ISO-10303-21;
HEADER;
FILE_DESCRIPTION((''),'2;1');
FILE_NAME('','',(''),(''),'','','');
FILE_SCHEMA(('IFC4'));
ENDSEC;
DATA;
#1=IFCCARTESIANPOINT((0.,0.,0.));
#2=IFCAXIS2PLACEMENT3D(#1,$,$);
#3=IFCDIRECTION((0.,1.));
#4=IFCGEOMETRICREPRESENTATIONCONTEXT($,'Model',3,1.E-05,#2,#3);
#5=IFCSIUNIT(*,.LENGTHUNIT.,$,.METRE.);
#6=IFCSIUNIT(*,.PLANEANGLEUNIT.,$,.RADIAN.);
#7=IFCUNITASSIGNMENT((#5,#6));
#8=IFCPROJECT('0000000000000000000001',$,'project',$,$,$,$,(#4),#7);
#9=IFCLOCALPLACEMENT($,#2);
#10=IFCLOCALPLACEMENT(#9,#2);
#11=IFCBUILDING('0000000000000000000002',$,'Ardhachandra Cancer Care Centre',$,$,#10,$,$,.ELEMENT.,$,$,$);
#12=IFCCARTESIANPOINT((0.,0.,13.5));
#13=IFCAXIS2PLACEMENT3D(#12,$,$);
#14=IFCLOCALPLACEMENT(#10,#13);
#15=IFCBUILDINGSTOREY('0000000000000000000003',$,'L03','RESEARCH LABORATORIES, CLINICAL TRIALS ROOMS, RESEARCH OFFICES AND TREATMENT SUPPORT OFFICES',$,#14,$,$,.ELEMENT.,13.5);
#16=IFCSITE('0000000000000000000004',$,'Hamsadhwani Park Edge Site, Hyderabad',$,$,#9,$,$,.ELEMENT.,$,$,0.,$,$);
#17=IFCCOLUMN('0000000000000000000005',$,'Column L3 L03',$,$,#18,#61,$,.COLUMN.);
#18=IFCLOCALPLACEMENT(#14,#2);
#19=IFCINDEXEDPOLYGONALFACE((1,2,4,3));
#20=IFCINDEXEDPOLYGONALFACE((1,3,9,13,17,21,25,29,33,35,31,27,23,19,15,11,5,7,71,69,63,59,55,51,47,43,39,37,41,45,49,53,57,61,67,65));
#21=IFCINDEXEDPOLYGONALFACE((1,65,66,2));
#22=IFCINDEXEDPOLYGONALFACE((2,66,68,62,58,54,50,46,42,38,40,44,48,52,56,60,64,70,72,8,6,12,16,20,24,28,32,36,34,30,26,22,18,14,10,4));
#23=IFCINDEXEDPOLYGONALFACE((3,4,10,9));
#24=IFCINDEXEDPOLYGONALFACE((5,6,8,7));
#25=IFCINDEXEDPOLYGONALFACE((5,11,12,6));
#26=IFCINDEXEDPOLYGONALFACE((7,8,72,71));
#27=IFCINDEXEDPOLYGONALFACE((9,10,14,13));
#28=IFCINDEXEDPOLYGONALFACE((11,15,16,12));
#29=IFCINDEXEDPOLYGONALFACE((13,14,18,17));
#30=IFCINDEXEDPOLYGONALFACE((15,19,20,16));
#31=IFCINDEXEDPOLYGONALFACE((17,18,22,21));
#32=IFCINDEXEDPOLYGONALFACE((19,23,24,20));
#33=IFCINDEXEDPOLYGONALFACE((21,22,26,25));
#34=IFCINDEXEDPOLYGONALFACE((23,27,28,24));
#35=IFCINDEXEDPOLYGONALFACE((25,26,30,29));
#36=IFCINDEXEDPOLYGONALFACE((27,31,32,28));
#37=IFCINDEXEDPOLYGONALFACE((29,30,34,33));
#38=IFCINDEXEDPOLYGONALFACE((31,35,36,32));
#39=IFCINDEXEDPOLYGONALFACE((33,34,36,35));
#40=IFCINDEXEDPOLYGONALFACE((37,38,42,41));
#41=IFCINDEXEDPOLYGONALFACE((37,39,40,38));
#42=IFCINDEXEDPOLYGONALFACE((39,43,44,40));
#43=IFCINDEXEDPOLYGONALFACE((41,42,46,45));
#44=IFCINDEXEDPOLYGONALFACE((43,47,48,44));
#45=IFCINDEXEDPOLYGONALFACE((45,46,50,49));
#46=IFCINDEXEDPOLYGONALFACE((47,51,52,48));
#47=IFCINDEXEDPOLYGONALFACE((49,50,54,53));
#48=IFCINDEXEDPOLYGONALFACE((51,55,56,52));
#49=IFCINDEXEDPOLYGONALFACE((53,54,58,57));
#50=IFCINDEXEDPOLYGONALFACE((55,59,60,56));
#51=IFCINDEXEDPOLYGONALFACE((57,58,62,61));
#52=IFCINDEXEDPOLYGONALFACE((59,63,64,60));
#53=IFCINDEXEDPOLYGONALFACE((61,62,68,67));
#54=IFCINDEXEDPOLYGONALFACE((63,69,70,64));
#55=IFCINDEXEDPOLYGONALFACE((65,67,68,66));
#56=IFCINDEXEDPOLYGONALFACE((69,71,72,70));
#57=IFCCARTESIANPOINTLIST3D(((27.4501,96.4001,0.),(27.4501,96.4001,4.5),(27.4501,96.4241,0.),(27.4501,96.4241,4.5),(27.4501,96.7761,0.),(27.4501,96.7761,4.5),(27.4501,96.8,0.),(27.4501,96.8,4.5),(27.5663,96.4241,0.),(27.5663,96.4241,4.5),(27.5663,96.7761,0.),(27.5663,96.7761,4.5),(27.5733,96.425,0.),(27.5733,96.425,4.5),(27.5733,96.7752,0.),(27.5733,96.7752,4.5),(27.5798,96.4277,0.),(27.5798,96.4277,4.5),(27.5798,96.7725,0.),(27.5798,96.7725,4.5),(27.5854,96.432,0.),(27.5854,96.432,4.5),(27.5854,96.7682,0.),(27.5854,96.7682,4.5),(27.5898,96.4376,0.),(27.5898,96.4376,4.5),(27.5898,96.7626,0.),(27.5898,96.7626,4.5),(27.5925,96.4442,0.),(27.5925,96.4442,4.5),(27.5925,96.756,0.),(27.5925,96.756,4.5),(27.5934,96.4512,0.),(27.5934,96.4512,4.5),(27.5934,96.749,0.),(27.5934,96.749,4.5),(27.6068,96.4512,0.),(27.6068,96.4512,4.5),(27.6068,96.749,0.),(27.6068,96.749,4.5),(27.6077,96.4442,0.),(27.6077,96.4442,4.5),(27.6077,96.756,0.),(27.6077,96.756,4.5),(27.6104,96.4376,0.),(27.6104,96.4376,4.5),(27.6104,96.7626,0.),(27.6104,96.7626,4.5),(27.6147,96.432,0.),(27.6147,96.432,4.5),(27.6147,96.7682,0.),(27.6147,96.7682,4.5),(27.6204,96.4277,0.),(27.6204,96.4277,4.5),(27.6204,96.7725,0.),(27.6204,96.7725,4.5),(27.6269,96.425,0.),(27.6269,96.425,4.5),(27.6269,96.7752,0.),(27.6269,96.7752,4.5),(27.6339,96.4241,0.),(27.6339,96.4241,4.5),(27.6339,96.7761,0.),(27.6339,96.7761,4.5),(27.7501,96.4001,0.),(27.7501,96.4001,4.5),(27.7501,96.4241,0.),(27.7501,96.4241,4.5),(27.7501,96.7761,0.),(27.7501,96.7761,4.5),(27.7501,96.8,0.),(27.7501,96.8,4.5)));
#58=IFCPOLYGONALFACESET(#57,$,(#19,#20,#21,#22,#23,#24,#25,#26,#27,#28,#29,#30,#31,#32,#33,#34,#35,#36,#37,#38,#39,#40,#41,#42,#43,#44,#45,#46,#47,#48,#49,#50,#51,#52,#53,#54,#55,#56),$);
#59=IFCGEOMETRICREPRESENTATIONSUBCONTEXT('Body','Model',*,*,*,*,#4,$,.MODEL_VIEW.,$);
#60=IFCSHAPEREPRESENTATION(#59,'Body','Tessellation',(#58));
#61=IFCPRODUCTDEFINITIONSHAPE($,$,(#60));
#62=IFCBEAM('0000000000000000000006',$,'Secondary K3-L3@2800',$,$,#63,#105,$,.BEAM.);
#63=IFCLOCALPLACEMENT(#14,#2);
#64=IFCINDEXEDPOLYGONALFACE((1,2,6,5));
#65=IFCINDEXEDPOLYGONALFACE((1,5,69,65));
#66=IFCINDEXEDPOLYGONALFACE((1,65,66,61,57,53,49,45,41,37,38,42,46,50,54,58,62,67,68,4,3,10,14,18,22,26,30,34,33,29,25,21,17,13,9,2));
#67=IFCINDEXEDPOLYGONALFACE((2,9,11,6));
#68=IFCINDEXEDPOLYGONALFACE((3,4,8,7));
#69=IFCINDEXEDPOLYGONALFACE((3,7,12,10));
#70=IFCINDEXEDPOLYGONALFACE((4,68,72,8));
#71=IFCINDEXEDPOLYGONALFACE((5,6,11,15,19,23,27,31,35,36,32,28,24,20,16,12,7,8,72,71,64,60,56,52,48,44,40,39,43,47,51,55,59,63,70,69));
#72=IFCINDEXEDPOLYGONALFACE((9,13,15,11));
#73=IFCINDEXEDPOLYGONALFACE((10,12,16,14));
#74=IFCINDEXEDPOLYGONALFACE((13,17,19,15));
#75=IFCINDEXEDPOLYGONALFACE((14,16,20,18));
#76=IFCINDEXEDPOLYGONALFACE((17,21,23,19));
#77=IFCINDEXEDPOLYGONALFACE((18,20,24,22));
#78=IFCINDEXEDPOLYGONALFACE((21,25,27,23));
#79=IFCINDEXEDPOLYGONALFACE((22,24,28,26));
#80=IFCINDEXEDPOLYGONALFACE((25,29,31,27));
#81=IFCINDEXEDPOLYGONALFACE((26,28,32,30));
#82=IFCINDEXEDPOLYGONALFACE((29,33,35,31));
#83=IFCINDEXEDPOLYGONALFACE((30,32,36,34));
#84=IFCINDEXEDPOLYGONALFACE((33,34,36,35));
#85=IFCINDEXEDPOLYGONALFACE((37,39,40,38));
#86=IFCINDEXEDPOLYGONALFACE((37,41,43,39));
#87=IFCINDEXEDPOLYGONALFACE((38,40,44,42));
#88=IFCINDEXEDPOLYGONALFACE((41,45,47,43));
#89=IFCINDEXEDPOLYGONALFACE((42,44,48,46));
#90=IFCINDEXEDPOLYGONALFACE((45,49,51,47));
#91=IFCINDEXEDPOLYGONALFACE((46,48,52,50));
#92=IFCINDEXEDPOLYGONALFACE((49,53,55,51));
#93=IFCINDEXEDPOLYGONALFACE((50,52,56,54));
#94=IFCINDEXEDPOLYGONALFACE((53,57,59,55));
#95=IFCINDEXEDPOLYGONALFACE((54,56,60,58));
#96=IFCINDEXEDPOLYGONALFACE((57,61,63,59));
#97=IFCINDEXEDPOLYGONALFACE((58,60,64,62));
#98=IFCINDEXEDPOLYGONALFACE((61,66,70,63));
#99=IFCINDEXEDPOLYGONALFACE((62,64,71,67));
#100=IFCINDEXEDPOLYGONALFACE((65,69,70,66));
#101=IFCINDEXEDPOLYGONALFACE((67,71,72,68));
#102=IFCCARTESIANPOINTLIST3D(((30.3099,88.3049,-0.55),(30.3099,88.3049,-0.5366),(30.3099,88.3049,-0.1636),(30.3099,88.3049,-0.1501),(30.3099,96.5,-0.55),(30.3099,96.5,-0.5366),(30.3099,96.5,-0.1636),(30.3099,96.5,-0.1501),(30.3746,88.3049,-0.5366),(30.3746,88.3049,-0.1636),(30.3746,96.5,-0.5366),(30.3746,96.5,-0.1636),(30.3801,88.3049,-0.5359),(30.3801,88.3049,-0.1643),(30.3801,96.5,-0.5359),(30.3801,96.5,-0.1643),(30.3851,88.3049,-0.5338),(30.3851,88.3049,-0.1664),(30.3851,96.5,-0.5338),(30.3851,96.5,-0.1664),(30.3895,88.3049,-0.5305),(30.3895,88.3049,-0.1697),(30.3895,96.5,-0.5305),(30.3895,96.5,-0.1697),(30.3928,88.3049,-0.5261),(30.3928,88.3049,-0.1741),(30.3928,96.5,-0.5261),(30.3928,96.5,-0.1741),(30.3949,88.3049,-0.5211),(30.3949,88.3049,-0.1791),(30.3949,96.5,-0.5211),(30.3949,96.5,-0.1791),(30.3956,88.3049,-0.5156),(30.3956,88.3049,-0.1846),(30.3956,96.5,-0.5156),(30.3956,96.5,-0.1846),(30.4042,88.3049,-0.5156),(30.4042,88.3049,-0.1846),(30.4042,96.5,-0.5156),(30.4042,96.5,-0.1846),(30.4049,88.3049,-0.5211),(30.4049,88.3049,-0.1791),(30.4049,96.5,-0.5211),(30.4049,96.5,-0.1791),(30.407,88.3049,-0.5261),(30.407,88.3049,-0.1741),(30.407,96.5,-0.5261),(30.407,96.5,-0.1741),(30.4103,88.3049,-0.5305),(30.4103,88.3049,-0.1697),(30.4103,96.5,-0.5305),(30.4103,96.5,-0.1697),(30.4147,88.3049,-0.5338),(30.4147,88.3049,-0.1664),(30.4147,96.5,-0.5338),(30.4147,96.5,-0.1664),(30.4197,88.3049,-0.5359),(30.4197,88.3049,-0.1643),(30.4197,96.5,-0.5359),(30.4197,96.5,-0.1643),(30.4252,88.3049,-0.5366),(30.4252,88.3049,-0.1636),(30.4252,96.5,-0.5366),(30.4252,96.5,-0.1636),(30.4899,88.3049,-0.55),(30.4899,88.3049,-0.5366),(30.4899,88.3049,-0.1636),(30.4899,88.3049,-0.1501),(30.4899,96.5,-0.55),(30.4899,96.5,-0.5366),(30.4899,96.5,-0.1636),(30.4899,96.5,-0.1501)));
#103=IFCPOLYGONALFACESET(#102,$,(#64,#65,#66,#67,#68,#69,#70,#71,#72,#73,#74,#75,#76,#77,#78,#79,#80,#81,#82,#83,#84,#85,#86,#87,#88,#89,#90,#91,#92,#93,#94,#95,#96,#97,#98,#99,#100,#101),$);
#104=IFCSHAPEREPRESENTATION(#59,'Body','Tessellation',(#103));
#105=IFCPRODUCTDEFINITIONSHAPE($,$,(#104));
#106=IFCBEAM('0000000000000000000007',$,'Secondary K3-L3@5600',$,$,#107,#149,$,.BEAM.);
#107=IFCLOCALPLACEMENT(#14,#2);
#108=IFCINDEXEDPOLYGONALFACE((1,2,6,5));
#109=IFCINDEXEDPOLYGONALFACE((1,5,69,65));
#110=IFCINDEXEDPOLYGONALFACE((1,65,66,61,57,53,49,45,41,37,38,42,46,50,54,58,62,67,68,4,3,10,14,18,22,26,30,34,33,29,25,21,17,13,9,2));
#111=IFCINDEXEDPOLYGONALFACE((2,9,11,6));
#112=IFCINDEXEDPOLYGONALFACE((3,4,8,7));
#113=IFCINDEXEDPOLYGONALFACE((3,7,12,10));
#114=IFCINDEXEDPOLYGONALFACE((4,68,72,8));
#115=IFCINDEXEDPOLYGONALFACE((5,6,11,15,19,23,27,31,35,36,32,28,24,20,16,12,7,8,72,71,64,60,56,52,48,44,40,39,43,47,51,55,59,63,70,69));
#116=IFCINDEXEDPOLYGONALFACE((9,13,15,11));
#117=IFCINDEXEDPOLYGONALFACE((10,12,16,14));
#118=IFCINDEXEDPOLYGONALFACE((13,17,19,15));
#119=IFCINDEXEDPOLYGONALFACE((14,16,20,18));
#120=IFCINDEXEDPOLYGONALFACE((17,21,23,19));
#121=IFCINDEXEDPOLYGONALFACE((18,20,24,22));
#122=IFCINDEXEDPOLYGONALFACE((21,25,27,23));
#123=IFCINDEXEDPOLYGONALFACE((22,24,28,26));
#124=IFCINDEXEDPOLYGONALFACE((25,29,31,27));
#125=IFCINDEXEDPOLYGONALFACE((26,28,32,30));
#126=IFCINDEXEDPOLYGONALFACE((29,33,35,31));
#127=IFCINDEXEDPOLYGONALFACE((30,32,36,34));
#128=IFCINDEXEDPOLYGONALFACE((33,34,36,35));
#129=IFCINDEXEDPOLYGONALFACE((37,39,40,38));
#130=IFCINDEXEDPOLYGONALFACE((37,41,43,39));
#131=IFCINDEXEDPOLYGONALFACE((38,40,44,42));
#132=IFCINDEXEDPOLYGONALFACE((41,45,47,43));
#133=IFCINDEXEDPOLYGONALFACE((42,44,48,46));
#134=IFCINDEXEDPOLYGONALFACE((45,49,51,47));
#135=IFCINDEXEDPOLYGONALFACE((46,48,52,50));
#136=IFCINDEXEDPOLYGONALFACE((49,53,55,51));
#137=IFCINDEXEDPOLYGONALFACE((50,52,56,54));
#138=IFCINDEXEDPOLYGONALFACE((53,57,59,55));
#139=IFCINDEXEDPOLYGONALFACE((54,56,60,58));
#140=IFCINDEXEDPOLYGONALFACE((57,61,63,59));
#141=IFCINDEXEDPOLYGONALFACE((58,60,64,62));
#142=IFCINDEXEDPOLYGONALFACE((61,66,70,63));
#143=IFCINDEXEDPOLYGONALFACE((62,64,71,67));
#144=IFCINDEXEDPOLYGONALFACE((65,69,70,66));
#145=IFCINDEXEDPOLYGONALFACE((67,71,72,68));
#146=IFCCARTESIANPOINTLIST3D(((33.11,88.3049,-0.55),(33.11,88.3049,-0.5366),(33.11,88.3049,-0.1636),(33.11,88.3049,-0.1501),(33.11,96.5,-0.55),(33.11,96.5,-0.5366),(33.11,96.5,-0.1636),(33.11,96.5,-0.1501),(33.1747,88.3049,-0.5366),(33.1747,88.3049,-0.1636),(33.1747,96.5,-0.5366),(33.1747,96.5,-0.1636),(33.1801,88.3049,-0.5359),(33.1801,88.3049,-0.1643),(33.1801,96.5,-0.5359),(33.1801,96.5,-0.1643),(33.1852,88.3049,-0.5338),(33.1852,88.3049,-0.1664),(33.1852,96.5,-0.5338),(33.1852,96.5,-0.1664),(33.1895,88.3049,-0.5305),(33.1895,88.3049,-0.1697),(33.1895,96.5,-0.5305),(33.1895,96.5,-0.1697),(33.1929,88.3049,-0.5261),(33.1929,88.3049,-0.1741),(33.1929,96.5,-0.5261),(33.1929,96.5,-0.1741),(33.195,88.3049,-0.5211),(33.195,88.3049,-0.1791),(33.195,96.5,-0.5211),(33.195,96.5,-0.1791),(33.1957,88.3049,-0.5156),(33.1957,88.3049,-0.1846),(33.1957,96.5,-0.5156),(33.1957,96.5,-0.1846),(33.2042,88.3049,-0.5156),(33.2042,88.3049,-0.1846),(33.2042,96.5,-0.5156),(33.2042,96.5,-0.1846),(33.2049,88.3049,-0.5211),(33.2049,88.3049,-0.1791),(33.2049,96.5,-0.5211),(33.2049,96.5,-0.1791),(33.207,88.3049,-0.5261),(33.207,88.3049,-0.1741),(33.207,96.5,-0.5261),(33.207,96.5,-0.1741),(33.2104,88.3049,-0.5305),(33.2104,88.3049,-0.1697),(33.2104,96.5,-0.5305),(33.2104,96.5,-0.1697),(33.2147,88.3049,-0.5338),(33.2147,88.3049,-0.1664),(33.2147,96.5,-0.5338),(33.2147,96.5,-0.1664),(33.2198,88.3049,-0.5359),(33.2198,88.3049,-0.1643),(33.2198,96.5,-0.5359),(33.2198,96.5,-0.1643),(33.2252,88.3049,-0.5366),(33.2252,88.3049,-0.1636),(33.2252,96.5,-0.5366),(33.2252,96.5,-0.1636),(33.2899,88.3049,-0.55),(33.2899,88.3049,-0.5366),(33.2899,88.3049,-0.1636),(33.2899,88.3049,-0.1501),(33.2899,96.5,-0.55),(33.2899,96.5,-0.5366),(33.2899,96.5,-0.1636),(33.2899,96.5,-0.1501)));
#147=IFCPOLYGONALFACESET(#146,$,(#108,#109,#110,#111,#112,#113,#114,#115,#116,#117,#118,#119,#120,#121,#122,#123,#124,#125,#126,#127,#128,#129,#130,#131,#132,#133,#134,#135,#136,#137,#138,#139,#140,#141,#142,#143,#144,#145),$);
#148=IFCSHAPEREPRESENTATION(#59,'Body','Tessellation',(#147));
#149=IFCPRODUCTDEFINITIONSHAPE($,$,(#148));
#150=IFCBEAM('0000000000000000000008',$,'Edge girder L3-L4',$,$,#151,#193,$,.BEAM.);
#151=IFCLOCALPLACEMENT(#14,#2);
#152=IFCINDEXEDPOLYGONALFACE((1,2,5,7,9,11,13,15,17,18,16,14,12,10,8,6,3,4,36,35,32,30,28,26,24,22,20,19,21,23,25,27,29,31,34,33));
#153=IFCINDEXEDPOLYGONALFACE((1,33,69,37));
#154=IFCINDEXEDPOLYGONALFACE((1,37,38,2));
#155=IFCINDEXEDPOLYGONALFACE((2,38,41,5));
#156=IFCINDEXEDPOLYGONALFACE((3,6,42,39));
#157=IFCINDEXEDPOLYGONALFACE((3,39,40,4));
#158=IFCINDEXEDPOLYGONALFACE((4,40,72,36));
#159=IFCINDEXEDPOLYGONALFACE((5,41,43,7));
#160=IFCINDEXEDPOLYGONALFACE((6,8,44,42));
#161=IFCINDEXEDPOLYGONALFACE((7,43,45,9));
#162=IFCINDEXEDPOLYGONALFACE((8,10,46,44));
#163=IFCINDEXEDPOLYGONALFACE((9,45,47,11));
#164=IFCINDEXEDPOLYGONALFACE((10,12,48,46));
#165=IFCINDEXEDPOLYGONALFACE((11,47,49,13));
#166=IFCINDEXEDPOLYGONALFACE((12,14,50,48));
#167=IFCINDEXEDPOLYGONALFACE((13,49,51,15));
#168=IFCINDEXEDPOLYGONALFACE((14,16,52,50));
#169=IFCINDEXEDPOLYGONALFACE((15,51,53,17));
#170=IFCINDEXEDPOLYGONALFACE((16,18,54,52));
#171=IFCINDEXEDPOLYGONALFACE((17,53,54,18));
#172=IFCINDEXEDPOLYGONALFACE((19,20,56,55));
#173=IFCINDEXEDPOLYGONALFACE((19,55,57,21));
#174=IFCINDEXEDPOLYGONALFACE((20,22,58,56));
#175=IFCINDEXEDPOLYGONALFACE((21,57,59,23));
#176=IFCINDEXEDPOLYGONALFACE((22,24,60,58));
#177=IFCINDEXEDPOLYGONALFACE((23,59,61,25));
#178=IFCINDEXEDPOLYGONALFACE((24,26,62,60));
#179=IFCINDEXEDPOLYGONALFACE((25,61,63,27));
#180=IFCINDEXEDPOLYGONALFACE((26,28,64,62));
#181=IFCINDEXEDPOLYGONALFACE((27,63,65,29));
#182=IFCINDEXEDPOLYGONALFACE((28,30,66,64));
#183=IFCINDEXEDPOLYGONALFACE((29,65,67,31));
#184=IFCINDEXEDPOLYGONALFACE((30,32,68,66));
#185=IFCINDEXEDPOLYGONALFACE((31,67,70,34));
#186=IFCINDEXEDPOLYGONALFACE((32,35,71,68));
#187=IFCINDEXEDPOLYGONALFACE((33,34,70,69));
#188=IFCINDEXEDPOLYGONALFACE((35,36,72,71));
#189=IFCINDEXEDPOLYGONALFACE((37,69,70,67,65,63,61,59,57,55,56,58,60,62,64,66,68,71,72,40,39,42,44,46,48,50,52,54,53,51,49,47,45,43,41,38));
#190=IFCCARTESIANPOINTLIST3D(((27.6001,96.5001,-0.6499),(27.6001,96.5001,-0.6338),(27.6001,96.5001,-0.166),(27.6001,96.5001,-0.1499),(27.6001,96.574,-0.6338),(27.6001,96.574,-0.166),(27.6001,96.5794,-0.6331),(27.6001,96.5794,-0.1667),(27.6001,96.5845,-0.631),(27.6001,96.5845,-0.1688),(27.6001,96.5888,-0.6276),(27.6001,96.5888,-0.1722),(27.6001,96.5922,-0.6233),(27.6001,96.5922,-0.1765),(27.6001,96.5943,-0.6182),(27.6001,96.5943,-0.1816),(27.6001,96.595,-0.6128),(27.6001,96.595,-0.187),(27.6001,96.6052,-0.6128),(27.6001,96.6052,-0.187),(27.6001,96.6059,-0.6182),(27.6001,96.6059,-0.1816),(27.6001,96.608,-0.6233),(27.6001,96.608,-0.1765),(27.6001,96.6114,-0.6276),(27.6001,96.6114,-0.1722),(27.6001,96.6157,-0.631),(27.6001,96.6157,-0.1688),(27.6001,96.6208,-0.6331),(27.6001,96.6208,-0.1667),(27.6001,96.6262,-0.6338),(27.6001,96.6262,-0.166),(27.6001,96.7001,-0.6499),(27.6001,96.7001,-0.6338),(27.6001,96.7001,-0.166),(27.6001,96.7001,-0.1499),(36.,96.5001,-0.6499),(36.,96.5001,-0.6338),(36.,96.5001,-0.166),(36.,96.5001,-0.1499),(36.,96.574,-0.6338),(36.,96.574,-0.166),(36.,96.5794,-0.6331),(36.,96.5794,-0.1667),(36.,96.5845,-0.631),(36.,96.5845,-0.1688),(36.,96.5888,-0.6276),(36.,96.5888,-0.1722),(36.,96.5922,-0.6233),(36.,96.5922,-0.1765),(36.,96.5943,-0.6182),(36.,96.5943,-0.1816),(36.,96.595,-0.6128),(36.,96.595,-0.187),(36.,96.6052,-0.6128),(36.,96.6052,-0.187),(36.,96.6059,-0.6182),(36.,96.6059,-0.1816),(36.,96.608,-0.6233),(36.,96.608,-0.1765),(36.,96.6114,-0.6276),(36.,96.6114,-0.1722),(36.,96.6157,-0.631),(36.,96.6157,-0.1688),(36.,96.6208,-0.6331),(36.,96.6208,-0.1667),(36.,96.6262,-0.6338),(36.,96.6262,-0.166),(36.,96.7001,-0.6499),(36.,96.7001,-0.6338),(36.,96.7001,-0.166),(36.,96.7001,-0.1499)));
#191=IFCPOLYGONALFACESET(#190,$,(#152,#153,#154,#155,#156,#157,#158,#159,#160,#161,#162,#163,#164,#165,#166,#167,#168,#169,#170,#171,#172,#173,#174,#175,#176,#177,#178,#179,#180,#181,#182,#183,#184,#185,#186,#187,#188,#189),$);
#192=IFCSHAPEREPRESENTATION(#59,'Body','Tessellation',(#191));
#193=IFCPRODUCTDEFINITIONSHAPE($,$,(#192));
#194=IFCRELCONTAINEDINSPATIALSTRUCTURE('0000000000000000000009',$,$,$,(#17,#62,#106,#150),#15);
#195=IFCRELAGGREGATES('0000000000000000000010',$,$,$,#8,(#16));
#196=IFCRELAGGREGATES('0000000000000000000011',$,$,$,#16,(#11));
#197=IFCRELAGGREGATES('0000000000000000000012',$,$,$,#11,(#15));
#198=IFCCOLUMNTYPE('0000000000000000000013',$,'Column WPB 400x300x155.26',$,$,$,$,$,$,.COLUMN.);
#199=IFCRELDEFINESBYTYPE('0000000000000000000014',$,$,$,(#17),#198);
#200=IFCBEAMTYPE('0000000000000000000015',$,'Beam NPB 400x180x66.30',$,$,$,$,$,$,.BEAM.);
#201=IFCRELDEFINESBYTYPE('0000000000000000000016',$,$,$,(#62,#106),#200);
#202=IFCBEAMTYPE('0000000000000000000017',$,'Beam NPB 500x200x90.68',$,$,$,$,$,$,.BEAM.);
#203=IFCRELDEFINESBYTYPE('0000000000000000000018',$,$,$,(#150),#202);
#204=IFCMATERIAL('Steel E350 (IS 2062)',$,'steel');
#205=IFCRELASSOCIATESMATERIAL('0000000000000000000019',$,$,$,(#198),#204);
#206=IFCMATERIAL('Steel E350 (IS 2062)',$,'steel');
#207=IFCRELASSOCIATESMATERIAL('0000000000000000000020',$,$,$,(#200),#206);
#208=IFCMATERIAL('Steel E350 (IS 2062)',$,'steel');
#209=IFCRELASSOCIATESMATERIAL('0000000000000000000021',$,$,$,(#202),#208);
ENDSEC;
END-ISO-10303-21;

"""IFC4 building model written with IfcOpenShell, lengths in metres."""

from ifc_helpers import new_model, si_unit, direction, frame, origin, origin_2d, place, context, subcontext, project, spatial, i_section, extrude, material, material_profile, profile_set, type_object, element, save


model = new_model("IFC4")

# Units and contexts
model_context = context("Model", 3, precision=1e-05, world=origin(), true_north=direction((0.0, 1.0)))
body_context = subcontext(model_context, "Body", "Model", "MODEL_VIEW")
ifc_project = project(units=[si_unit("LENGTHUNIT", "METRE"), si_unit("PLANEANGLEUNIT", "RADIAN")], contexts=[model_context])

# Site, building, storey
site_placement = place(None, origin())
site = spatial("IfcSite", under=ifc_project, at=site_placement, Name="Hamsadhwani Park Edge Site, Hyderabad", CompositionType="ELEMENT", RefElevation=0.0)
building_placement = place(site_placement, origin())
building = spatial("IfcBuilding", under=site, at=building_placement, Name="Ardhachandra Cancer Care Centre", CompositionType="ELEMENT")
storey_placement = place(building_placement, frame((0.0, 0.0, 13.5)))
storey = spatial("IfcBuildingStorey", under=building, at=storey_placement, Name="L03", Description="RESEARCH LABORATORIES, CLINICAL TRIALS ROOMS, RESEARCH OFFICES AND TREATMENT SUPPORT OFFICES", CompositionType="ELEMENT", Elevation=13.5)

# Column
ifc_material_1 = material(Name="Steel E350 (IS 2062)", Category="steel")
ifc_material_profile_1 = material_profile(ifc_material_1, i_section(OverallWidth=0.3, OverallDepth=0.3999, WebThickness=0.0134, FlangeThickness=0.0239, FilletRadius=0.0271, at=origin_2d()), Name="WPB 400x300x155.26")
ifc_profile_set_1 = profile_set([ifc_material_profile_1], Name="Steel E350 (IS 2062)")
column_type = type_object("IfcColumnType", Name="Column WPB 400x300x155.26", PredefinedType="COLUMN", material=ifc_profile_set_1)
column_placement = place(storey_placement, frame((27.6001, 96.6001, 0.0), z_axis=(0.0, 0.0, 1.0), x_axis=(1.0, 0.0, 0.0)))
element("IfcColumn", 1, at=column_placement, inside=storey, type_object=column_type, Name="Column L3 L03", PredefinedType="COLUMN", context=body_context, shape_type="SweptSolid", body=[
    extrude(i_section(OverallWidth=0.3, OverallDepth=0.3999, WebThickness=0.0134, FlangeThickness=0.0239, FilletRadius=0.0271, at=origin_2d()), origin(), (0.0, 0.0, 1.0), 4.5),
])

# Beams
ifc_material_2 = material(Name="Steel E350 (IS 2062)", Category="steel")
ifc_material_profile_2 = material_profile(ifc_material_2, i_section(OverallWidth=0.1799, OverallDepth=0.3999, WebThickness=0.0085, FlangeThickness=0.0134, FilletRadius=0.021, at=origin_2d()), Name="NPB 400x180x66.30")
ifc_profile_set_2 = profile_set([ifc_material_profile_2], Name="Steel E350 (IS 2062)")
beam_type_1 = type_object("IfcBeamType", Name="Beam NPB 400x180x66.30", PredefinedType="BEAM", material=ifc_profile_set_2)
for number, where, z_axis, x_axis, name in (
    (2, (30.3999, 88.3049, -0.3501), (0.0, 1.0, 0.0), (-1.0, 0.0, 0.0), "Secondary K3-L3@2800"),
    (3, (33.2, 88.3049, -0.3501), (0.0, 1.0, 0.0), (-1.0, 0.0, 0.0), "Secondary K3-L3@5600"),
):
    element("IfcBeam", number, at=place(storey_placement, frame(where, z_axis=z_axis, x_axis=x_axis)), inside=storey, type_object=beam_type_1, Name=name, PredefinedType="BEAM", context=body_context, shape_type="SweptSolid", body=[
        extrude(i_section(OverallWidth=0.1799, OverallDepth=0.3999, WebThickness=0.0085, FlangeThickness=0.0134, FilletRadius=0.021, at=origin_2d()), origin(), (0.0, 0.0, 1.0), 8.1951),
    ])
ifc_material_3 = material(Name="Steel E350 (IS 2062)", Category="steel")
ifc_material_profile_3 = material_profile(ifc_material_3, i_section(OverallWidth=0.2, OverallDepth=0.5, WebThickness=0.0103, FlangeThickness=0.0161, FilletRadius=0.021, at=origin_2d()), Name="NPB 500x200x90.68")
ifc_profile_set_3 = profile_set([ifc_material_profile_3], Name="Steel E350 (IS 2062)")
beam_type_2 = type_object("IfcBeamType", Name="Beam NPB 500x200x90.68", PredefinedType="BEAM", material=ifc_profile_set_3)
beam_1_placement = place(storey_placement, frame((27.6001, 96.6001, -0.3999), z_axis=(1.0, 0.0, 0.0), x_axis=(0.0, 1.0, 0.0)))
element("IfcBeam", 4, at=beam_1_placement, inside=storey, type_object=beam_type_2, Name="Edge girder L3-L4", PredefinedType="BEAM", context=body_context, shape_type="SweptSolid", body=[
    extrude(i_section(OverallWidth=0.2, OverallDepth=0.5, WebThickness=0.0103, FlangeThickness=0.0161, FilletRadius=0.021, at=origin_2d()), origin(), (0.0, 0.0, 1.0), 8.3999),
])

save(model, "model.ifc")
